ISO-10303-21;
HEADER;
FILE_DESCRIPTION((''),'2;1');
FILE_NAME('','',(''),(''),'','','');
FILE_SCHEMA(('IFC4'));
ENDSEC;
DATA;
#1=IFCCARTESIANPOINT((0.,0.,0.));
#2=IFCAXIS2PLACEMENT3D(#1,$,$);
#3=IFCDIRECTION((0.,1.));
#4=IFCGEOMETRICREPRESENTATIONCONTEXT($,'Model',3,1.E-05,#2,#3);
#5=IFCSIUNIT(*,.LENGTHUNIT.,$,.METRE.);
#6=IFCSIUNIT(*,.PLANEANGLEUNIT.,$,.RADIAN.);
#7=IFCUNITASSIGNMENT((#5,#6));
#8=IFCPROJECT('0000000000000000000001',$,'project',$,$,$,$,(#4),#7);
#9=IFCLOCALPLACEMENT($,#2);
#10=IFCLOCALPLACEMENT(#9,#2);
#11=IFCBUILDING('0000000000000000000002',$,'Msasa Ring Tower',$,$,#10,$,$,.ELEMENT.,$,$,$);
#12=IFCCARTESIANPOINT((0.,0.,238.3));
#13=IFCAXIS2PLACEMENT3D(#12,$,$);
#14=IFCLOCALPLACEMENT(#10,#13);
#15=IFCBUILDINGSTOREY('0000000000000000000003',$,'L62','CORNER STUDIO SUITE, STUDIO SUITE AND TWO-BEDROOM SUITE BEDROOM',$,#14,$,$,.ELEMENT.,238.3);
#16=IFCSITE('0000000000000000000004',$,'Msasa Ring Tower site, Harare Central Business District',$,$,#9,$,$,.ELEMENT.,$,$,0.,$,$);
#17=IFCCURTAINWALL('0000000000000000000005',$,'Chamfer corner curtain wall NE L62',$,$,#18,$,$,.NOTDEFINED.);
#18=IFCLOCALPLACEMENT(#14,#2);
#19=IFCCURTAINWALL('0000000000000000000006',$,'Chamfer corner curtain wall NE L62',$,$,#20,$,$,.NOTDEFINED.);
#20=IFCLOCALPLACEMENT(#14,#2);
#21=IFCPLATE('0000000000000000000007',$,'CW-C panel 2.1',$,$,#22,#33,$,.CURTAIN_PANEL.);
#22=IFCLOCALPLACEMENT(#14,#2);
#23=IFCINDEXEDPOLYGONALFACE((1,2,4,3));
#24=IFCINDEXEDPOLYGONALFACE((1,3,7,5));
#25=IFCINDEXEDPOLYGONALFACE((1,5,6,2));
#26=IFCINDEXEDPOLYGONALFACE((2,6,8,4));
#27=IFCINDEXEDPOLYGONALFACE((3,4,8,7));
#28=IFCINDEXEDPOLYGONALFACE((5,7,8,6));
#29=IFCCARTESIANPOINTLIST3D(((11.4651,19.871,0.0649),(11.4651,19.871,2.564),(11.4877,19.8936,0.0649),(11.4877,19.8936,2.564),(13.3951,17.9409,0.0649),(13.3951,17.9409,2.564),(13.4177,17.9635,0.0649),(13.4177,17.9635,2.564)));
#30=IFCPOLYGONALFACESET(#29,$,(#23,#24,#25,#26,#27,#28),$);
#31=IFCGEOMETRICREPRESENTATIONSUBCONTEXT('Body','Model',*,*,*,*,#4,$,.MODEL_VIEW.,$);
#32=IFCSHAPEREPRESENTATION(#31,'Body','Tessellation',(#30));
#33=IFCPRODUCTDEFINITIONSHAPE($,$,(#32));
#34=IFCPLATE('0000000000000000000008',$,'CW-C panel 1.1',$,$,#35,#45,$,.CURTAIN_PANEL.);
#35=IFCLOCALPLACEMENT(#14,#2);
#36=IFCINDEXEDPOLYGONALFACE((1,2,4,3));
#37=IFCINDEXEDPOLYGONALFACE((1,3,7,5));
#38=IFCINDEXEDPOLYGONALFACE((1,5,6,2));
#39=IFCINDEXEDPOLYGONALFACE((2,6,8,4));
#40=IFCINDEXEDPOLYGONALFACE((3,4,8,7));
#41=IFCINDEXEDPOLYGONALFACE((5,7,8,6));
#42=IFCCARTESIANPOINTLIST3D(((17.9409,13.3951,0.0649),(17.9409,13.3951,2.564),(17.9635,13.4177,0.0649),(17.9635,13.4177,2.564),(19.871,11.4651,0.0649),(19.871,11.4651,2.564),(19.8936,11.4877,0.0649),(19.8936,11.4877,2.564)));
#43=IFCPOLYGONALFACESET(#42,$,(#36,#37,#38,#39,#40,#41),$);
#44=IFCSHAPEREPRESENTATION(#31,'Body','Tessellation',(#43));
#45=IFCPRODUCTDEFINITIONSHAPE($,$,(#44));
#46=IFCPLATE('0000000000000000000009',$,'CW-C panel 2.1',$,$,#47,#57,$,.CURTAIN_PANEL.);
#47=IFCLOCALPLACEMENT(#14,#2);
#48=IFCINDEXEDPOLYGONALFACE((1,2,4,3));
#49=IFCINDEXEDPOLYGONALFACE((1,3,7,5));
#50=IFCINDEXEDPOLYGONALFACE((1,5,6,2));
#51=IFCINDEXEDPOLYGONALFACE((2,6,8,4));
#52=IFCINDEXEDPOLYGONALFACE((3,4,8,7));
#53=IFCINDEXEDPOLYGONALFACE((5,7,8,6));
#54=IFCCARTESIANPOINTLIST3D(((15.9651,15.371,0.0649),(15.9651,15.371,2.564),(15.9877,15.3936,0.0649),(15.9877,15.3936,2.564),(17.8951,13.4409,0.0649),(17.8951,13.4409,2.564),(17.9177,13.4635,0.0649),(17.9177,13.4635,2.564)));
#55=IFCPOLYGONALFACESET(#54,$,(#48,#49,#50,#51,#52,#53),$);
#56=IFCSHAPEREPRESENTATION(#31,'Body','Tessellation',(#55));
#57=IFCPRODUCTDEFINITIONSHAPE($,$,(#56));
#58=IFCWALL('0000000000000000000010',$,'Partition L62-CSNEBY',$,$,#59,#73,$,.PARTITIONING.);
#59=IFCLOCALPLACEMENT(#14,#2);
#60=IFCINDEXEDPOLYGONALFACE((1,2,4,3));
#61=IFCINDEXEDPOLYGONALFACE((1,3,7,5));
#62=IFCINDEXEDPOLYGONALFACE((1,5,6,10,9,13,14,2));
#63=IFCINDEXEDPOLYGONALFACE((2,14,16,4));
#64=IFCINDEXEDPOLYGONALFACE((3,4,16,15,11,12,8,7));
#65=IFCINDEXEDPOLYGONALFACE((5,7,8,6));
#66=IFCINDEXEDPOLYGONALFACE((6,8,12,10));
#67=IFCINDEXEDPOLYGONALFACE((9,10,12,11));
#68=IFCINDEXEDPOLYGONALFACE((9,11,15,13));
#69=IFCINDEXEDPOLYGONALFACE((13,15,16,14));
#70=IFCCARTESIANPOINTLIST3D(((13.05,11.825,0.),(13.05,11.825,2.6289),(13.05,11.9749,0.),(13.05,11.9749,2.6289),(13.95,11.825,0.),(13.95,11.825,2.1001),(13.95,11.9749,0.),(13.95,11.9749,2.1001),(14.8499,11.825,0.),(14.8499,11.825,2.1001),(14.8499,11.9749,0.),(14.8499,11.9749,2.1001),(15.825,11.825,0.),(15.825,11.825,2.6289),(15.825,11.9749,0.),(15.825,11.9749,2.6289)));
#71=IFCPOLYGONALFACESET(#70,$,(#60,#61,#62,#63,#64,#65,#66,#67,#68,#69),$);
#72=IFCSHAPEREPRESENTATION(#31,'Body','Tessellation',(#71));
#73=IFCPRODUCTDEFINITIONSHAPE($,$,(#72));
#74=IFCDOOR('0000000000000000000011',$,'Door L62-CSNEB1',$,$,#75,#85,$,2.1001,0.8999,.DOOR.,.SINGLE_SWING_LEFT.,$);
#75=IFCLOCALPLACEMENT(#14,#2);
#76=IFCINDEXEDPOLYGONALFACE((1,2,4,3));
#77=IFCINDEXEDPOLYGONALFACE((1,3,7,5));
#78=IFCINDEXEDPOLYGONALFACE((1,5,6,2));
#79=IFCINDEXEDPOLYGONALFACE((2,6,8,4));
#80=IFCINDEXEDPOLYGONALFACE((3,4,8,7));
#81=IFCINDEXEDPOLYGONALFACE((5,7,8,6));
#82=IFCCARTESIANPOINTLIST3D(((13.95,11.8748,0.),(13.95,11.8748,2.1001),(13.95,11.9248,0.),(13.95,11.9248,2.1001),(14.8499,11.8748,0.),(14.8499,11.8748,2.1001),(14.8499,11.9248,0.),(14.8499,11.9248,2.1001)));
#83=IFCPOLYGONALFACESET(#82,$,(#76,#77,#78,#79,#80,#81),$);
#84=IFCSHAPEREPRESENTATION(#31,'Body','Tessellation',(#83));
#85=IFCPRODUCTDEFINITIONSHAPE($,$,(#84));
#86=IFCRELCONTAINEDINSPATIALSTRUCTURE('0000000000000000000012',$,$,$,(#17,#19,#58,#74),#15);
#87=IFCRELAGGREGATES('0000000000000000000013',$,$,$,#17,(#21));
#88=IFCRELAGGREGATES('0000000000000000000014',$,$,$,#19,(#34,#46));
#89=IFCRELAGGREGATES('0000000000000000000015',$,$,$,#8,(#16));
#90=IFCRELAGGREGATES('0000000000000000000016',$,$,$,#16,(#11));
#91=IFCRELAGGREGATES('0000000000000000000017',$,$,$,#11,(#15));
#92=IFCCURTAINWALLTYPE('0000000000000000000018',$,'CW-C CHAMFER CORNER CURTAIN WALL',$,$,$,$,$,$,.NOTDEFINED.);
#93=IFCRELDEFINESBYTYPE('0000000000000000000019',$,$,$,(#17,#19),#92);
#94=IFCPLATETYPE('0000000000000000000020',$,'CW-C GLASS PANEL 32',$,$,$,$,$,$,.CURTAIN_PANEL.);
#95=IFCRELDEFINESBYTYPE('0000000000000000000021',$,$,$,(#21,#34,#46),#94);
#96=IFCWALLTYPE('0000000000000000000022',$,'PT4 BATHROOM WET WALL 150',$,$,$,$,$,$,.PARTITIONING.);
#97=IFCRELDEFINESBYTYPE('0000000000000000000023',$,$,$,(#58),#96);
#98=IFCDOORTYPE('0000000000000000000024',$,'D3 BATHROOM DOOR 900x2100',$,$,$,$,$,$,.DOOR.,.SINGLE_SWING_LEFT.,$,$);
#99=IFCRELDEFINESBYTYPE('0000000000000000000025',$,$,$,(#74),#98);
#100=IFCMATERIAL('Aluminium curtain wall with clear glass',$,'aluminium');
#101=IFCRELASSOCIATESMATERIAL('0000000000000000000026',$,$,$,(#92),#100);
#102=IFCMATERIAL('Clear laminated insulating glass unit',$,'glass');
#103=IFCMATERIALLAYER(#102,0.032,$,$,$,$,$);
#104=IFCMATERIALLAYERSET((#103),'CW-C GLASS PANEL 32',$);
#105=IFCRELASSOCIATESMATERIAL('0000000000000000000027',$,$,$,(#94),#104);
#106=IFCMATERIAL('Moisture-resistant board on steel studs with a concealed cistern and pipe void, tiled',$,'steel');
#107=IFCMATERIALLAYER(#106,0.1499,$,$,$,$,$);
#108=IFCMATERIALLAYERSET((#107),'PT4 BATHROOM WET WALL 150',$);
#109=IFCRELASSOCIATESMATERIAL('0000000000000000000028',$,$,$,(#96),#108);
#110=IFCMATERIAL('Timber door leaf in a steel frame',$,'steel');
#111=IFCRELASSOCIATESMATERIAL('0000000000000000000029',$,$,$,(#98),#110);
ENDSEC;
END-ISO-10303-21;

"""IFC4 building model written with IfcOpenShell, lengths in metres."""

from ifc_helpers import new_model, si_unit, direction, frame, frame_2d, origin, origin_2d, place, context, subcontext, project, spatial, rectangle, extrude, material, layer, layer_set, type_object, element, fill, aggregate, save


model = new_model("IFC4")

# Units and contexts
model_context = context("Model", 3, precision=1e-05, world=origin(), true_north=direction((0.0, 1.0)))
body_context = subcontext(model_context, "Body", "Model", "MODEL_VIEW")
ifc_project = project(units=[si_unit("LENGTHUNIT", "METRE"), si_unit("PLANEANGLEUNIT", "RADIAN")], contexts=[model_context])

# Site, building, storey
site_placement = place(None, origin())
site = spatial("IfcSite", under=ifc_project, at=site_placement, Name="Msasa Ring Tower site, Harare Central Business District", CompositionType="ELEMENT", RefElevation=0.0)
building_placement = place(site_placement, origin())
building = spatial("IfcBuilding", under=site, at=building_placement, Name="Msasa Ring Tower", CompositionType="ELEMENT")
storey_placement = place(building_placement, frame((0.0, 0.0, 238.3)))
storey = spatial("IfcBuildingStorey", under=building, at=storey_placement, Name="L62", Description="CORNER STUDIO SUITE, STUDIO SUITE AND TWO-BEDROOM SUITE BEDROOM", CompositionType="ELEMENT", Elevation=238.3)

# Curtain walls
ifc_material_1 = material(Name="Aluminium curtain wall with clear glass", Category="aluminium")
curtain_wall_type = type_object("IfcCurtainWallType", Name="CW-C CHAMFER CORNER CURTAIN WALL", PredefinedType="NOTDEFINED", material=ifc_material_1)
curtain_wall_1_placement = place(storey_placement, origin())
curtain_wall_1 = element("IfcCurtainWall", 1, at=curtain_wall_1_placement, inside=storey, type_object=curtain_wall_type, Name="Chamfer corner curtain wall NE L62", PredefinedType="NOTDEFINED")
curtain_wall_2_placement = place(storey_placement, origin())
curtain_wall_2 = element("IfcCurtainWall", 2, at=curtain_wall_2_placement, inside=storey, type_object=curtain_wall_type, Name="Chamfer corner curtain wall NE L62", PredefinedType="NOTDEFINED")

# Plates
ifc_material_2 = material(Name="Clear laminated insulating glass unit", Category="glass")
ifc_layer_1 = layer(ifc_material_2, 0.032)
ifc_layer_set_1 = layer_set([ifc_layer_1], Name="CW-C GLASS PANEL 32")
plate_type = type_object("IfcPlateType", Name="CW-C GLASS PANEL 32", PredefinedType="CURTAIN_PANEL", material=ifc_layer_set_1)
plate_1_placement = place(storey_placement, frame((12.4414, 18.9172, 0.0649), z_axis=(0.0, 0.0, 1.0), x_axis=(-0.707107, 0.707107, 0.0)))
plate_1 = element("IfcPlate", 3, at=plate_1_placement, type_object=plate_type, Name="CW-C panel 2.1", PredefinedType="CURTAIN_PANEL", context=body_context, shape_type="SweptSolid", body=[
    extrude(rectangle(XDim=2.7295, YDim=0.032, at=origin_2d()), origin(), (0.0, 0.0, 1.0), 2.499),
])
aggregate(curtain_wall_1, [plate_1])
plate_2_placement = place(storey_placement, frame((18.9172, 12.4414, 0.0649), z_axis=(0.0, 0.0, 1.0), x_axis=(-0.707107, 0.707107, 0.0)))
plate_2 = element("IfcPlate", 4, at=plate_2_placement, type_object=plate_type, Name="CW-C panel 1.1", PredefinedType="CURTAIN_PANEL", context=body_context, shape_type="SweptSolid", body=[
    extrude(rectangle(XDim=2.7295, YDim=0.032, at=origin_2d()), origin(), (0.0, 0.0, 1.0), 2.499),
])
plate_3_placement = place(storey_placement, frame((16.9414, 14.4172, 0.0649), z_axis=(0.0, 0.0, 1.0), x_axis=(-0.707107, 0.707107, 0.0)))
plate_3 = element("IfcPlate", 5, at=plate_3_placement, type_object=plate_type, Name="CW-C panel 2.1", PredefinedType="CURTAIN_PANEL", context=body_context, shape_type="SweptSolid", body=[
    extrude(rectangle(XDim=2.7295, YDim=0.032, at=origin_2d()), origin(), (0.0, 0.0, 1.0), 2.499),
])
aggregate(curtain_wall_2, [plate_2, plate_3])

# Wall, opening, door
ifc_material_3 = material(Name="Moisture-resistant board on steel studs with a concealed cistern and pipe void, tiled", Category="steel")
ifc_layer_2 = layer(ifc_material_3, 0.1499)
ifc_layer_set_2 = layer_set([ifc_layer_2], Name="PT4 BATHROOM WET WALL 150")
wall_type = type_object("IfcWallType", Name="PT4 BATHROOM WET WALL 150", PredefinedType="PARTITIONING", material=ifc_layer_set_2)
wall_placement = place(storey_placement, frame((13.05, 11.8999, 0.0), z_axis=(0.0, 0.0, 1.0), x_axis=(1.0, 0.0, 0.0)))
wall = element("IfcWall", 6, at=wall_placement, inside=storey, type_object=wall_type, Name="Partition L62-CSNEBY", PredefinedType="PARTITIONING", context=body_context, shape_type="SweptSolid", body=[
    extrude(rectangle(XDim=2.7749, YDim=0.1499, at=frame_2d((1.3875, 0.0))), origin(), (0.0, 0.0, 1.0), 2.6289),
])
opening_placement = place(wall_placement, frame((0.8999, 0.0, 0.0)))
opening = element("IfcOpeningElement", 7, at=opening_placement, cuts=wall, PredefinedType="OPENING", context=body_context, shape_type="SweptSolid", body=[
    extrude(rectangle(XDim=0.8999, YDim=2.1001, at=frame_2d((0.45, 1.05))), frame((0.0, 0.085, 0.0), z_axis=(0.0, -1.0, 0.0), x_axis=(1.0, 0.0, 0.0)), (0.0, 0.0, 1.0), 0.1699),
])
ifc_material_4 = material(Name="Timber door leaf in a steel frame", Category="steel")
door_type = type_object("IfcDoorType", Name="D3 BATHROOM DOOR 900x2100", OperationType="SINGLE_SWING_LEFT", PredefinedType="DOOR", material=ifc_material_4)
door_placement = place(opening_placement, origin())
door = element("IfcDoor", 8, at=door_placement, inside=storey, type_object=door_type, Name="Door L62-CSNEB1", OperationType="SINGLE_SWING_LEFT", OverallHeight=2.1001, OverallWidth=0.8999, PredefinedType="DOOR", context=body_context, shape_type="SweptSolid", body=[
    extrude(rectangle(XDim=0.8999, YDim=2.1001, at=frame_2d((0.45, 1.05))), frame((0.0, 0.0249, 0.0), z_axis=(0.0, -1.0, 0.0), x_axis=(1.0, 0.0, 0.0)), (0.0, 0.0, 1.0), 0.05),
])
fill(opening, door)

save(model, "model.ifc")
